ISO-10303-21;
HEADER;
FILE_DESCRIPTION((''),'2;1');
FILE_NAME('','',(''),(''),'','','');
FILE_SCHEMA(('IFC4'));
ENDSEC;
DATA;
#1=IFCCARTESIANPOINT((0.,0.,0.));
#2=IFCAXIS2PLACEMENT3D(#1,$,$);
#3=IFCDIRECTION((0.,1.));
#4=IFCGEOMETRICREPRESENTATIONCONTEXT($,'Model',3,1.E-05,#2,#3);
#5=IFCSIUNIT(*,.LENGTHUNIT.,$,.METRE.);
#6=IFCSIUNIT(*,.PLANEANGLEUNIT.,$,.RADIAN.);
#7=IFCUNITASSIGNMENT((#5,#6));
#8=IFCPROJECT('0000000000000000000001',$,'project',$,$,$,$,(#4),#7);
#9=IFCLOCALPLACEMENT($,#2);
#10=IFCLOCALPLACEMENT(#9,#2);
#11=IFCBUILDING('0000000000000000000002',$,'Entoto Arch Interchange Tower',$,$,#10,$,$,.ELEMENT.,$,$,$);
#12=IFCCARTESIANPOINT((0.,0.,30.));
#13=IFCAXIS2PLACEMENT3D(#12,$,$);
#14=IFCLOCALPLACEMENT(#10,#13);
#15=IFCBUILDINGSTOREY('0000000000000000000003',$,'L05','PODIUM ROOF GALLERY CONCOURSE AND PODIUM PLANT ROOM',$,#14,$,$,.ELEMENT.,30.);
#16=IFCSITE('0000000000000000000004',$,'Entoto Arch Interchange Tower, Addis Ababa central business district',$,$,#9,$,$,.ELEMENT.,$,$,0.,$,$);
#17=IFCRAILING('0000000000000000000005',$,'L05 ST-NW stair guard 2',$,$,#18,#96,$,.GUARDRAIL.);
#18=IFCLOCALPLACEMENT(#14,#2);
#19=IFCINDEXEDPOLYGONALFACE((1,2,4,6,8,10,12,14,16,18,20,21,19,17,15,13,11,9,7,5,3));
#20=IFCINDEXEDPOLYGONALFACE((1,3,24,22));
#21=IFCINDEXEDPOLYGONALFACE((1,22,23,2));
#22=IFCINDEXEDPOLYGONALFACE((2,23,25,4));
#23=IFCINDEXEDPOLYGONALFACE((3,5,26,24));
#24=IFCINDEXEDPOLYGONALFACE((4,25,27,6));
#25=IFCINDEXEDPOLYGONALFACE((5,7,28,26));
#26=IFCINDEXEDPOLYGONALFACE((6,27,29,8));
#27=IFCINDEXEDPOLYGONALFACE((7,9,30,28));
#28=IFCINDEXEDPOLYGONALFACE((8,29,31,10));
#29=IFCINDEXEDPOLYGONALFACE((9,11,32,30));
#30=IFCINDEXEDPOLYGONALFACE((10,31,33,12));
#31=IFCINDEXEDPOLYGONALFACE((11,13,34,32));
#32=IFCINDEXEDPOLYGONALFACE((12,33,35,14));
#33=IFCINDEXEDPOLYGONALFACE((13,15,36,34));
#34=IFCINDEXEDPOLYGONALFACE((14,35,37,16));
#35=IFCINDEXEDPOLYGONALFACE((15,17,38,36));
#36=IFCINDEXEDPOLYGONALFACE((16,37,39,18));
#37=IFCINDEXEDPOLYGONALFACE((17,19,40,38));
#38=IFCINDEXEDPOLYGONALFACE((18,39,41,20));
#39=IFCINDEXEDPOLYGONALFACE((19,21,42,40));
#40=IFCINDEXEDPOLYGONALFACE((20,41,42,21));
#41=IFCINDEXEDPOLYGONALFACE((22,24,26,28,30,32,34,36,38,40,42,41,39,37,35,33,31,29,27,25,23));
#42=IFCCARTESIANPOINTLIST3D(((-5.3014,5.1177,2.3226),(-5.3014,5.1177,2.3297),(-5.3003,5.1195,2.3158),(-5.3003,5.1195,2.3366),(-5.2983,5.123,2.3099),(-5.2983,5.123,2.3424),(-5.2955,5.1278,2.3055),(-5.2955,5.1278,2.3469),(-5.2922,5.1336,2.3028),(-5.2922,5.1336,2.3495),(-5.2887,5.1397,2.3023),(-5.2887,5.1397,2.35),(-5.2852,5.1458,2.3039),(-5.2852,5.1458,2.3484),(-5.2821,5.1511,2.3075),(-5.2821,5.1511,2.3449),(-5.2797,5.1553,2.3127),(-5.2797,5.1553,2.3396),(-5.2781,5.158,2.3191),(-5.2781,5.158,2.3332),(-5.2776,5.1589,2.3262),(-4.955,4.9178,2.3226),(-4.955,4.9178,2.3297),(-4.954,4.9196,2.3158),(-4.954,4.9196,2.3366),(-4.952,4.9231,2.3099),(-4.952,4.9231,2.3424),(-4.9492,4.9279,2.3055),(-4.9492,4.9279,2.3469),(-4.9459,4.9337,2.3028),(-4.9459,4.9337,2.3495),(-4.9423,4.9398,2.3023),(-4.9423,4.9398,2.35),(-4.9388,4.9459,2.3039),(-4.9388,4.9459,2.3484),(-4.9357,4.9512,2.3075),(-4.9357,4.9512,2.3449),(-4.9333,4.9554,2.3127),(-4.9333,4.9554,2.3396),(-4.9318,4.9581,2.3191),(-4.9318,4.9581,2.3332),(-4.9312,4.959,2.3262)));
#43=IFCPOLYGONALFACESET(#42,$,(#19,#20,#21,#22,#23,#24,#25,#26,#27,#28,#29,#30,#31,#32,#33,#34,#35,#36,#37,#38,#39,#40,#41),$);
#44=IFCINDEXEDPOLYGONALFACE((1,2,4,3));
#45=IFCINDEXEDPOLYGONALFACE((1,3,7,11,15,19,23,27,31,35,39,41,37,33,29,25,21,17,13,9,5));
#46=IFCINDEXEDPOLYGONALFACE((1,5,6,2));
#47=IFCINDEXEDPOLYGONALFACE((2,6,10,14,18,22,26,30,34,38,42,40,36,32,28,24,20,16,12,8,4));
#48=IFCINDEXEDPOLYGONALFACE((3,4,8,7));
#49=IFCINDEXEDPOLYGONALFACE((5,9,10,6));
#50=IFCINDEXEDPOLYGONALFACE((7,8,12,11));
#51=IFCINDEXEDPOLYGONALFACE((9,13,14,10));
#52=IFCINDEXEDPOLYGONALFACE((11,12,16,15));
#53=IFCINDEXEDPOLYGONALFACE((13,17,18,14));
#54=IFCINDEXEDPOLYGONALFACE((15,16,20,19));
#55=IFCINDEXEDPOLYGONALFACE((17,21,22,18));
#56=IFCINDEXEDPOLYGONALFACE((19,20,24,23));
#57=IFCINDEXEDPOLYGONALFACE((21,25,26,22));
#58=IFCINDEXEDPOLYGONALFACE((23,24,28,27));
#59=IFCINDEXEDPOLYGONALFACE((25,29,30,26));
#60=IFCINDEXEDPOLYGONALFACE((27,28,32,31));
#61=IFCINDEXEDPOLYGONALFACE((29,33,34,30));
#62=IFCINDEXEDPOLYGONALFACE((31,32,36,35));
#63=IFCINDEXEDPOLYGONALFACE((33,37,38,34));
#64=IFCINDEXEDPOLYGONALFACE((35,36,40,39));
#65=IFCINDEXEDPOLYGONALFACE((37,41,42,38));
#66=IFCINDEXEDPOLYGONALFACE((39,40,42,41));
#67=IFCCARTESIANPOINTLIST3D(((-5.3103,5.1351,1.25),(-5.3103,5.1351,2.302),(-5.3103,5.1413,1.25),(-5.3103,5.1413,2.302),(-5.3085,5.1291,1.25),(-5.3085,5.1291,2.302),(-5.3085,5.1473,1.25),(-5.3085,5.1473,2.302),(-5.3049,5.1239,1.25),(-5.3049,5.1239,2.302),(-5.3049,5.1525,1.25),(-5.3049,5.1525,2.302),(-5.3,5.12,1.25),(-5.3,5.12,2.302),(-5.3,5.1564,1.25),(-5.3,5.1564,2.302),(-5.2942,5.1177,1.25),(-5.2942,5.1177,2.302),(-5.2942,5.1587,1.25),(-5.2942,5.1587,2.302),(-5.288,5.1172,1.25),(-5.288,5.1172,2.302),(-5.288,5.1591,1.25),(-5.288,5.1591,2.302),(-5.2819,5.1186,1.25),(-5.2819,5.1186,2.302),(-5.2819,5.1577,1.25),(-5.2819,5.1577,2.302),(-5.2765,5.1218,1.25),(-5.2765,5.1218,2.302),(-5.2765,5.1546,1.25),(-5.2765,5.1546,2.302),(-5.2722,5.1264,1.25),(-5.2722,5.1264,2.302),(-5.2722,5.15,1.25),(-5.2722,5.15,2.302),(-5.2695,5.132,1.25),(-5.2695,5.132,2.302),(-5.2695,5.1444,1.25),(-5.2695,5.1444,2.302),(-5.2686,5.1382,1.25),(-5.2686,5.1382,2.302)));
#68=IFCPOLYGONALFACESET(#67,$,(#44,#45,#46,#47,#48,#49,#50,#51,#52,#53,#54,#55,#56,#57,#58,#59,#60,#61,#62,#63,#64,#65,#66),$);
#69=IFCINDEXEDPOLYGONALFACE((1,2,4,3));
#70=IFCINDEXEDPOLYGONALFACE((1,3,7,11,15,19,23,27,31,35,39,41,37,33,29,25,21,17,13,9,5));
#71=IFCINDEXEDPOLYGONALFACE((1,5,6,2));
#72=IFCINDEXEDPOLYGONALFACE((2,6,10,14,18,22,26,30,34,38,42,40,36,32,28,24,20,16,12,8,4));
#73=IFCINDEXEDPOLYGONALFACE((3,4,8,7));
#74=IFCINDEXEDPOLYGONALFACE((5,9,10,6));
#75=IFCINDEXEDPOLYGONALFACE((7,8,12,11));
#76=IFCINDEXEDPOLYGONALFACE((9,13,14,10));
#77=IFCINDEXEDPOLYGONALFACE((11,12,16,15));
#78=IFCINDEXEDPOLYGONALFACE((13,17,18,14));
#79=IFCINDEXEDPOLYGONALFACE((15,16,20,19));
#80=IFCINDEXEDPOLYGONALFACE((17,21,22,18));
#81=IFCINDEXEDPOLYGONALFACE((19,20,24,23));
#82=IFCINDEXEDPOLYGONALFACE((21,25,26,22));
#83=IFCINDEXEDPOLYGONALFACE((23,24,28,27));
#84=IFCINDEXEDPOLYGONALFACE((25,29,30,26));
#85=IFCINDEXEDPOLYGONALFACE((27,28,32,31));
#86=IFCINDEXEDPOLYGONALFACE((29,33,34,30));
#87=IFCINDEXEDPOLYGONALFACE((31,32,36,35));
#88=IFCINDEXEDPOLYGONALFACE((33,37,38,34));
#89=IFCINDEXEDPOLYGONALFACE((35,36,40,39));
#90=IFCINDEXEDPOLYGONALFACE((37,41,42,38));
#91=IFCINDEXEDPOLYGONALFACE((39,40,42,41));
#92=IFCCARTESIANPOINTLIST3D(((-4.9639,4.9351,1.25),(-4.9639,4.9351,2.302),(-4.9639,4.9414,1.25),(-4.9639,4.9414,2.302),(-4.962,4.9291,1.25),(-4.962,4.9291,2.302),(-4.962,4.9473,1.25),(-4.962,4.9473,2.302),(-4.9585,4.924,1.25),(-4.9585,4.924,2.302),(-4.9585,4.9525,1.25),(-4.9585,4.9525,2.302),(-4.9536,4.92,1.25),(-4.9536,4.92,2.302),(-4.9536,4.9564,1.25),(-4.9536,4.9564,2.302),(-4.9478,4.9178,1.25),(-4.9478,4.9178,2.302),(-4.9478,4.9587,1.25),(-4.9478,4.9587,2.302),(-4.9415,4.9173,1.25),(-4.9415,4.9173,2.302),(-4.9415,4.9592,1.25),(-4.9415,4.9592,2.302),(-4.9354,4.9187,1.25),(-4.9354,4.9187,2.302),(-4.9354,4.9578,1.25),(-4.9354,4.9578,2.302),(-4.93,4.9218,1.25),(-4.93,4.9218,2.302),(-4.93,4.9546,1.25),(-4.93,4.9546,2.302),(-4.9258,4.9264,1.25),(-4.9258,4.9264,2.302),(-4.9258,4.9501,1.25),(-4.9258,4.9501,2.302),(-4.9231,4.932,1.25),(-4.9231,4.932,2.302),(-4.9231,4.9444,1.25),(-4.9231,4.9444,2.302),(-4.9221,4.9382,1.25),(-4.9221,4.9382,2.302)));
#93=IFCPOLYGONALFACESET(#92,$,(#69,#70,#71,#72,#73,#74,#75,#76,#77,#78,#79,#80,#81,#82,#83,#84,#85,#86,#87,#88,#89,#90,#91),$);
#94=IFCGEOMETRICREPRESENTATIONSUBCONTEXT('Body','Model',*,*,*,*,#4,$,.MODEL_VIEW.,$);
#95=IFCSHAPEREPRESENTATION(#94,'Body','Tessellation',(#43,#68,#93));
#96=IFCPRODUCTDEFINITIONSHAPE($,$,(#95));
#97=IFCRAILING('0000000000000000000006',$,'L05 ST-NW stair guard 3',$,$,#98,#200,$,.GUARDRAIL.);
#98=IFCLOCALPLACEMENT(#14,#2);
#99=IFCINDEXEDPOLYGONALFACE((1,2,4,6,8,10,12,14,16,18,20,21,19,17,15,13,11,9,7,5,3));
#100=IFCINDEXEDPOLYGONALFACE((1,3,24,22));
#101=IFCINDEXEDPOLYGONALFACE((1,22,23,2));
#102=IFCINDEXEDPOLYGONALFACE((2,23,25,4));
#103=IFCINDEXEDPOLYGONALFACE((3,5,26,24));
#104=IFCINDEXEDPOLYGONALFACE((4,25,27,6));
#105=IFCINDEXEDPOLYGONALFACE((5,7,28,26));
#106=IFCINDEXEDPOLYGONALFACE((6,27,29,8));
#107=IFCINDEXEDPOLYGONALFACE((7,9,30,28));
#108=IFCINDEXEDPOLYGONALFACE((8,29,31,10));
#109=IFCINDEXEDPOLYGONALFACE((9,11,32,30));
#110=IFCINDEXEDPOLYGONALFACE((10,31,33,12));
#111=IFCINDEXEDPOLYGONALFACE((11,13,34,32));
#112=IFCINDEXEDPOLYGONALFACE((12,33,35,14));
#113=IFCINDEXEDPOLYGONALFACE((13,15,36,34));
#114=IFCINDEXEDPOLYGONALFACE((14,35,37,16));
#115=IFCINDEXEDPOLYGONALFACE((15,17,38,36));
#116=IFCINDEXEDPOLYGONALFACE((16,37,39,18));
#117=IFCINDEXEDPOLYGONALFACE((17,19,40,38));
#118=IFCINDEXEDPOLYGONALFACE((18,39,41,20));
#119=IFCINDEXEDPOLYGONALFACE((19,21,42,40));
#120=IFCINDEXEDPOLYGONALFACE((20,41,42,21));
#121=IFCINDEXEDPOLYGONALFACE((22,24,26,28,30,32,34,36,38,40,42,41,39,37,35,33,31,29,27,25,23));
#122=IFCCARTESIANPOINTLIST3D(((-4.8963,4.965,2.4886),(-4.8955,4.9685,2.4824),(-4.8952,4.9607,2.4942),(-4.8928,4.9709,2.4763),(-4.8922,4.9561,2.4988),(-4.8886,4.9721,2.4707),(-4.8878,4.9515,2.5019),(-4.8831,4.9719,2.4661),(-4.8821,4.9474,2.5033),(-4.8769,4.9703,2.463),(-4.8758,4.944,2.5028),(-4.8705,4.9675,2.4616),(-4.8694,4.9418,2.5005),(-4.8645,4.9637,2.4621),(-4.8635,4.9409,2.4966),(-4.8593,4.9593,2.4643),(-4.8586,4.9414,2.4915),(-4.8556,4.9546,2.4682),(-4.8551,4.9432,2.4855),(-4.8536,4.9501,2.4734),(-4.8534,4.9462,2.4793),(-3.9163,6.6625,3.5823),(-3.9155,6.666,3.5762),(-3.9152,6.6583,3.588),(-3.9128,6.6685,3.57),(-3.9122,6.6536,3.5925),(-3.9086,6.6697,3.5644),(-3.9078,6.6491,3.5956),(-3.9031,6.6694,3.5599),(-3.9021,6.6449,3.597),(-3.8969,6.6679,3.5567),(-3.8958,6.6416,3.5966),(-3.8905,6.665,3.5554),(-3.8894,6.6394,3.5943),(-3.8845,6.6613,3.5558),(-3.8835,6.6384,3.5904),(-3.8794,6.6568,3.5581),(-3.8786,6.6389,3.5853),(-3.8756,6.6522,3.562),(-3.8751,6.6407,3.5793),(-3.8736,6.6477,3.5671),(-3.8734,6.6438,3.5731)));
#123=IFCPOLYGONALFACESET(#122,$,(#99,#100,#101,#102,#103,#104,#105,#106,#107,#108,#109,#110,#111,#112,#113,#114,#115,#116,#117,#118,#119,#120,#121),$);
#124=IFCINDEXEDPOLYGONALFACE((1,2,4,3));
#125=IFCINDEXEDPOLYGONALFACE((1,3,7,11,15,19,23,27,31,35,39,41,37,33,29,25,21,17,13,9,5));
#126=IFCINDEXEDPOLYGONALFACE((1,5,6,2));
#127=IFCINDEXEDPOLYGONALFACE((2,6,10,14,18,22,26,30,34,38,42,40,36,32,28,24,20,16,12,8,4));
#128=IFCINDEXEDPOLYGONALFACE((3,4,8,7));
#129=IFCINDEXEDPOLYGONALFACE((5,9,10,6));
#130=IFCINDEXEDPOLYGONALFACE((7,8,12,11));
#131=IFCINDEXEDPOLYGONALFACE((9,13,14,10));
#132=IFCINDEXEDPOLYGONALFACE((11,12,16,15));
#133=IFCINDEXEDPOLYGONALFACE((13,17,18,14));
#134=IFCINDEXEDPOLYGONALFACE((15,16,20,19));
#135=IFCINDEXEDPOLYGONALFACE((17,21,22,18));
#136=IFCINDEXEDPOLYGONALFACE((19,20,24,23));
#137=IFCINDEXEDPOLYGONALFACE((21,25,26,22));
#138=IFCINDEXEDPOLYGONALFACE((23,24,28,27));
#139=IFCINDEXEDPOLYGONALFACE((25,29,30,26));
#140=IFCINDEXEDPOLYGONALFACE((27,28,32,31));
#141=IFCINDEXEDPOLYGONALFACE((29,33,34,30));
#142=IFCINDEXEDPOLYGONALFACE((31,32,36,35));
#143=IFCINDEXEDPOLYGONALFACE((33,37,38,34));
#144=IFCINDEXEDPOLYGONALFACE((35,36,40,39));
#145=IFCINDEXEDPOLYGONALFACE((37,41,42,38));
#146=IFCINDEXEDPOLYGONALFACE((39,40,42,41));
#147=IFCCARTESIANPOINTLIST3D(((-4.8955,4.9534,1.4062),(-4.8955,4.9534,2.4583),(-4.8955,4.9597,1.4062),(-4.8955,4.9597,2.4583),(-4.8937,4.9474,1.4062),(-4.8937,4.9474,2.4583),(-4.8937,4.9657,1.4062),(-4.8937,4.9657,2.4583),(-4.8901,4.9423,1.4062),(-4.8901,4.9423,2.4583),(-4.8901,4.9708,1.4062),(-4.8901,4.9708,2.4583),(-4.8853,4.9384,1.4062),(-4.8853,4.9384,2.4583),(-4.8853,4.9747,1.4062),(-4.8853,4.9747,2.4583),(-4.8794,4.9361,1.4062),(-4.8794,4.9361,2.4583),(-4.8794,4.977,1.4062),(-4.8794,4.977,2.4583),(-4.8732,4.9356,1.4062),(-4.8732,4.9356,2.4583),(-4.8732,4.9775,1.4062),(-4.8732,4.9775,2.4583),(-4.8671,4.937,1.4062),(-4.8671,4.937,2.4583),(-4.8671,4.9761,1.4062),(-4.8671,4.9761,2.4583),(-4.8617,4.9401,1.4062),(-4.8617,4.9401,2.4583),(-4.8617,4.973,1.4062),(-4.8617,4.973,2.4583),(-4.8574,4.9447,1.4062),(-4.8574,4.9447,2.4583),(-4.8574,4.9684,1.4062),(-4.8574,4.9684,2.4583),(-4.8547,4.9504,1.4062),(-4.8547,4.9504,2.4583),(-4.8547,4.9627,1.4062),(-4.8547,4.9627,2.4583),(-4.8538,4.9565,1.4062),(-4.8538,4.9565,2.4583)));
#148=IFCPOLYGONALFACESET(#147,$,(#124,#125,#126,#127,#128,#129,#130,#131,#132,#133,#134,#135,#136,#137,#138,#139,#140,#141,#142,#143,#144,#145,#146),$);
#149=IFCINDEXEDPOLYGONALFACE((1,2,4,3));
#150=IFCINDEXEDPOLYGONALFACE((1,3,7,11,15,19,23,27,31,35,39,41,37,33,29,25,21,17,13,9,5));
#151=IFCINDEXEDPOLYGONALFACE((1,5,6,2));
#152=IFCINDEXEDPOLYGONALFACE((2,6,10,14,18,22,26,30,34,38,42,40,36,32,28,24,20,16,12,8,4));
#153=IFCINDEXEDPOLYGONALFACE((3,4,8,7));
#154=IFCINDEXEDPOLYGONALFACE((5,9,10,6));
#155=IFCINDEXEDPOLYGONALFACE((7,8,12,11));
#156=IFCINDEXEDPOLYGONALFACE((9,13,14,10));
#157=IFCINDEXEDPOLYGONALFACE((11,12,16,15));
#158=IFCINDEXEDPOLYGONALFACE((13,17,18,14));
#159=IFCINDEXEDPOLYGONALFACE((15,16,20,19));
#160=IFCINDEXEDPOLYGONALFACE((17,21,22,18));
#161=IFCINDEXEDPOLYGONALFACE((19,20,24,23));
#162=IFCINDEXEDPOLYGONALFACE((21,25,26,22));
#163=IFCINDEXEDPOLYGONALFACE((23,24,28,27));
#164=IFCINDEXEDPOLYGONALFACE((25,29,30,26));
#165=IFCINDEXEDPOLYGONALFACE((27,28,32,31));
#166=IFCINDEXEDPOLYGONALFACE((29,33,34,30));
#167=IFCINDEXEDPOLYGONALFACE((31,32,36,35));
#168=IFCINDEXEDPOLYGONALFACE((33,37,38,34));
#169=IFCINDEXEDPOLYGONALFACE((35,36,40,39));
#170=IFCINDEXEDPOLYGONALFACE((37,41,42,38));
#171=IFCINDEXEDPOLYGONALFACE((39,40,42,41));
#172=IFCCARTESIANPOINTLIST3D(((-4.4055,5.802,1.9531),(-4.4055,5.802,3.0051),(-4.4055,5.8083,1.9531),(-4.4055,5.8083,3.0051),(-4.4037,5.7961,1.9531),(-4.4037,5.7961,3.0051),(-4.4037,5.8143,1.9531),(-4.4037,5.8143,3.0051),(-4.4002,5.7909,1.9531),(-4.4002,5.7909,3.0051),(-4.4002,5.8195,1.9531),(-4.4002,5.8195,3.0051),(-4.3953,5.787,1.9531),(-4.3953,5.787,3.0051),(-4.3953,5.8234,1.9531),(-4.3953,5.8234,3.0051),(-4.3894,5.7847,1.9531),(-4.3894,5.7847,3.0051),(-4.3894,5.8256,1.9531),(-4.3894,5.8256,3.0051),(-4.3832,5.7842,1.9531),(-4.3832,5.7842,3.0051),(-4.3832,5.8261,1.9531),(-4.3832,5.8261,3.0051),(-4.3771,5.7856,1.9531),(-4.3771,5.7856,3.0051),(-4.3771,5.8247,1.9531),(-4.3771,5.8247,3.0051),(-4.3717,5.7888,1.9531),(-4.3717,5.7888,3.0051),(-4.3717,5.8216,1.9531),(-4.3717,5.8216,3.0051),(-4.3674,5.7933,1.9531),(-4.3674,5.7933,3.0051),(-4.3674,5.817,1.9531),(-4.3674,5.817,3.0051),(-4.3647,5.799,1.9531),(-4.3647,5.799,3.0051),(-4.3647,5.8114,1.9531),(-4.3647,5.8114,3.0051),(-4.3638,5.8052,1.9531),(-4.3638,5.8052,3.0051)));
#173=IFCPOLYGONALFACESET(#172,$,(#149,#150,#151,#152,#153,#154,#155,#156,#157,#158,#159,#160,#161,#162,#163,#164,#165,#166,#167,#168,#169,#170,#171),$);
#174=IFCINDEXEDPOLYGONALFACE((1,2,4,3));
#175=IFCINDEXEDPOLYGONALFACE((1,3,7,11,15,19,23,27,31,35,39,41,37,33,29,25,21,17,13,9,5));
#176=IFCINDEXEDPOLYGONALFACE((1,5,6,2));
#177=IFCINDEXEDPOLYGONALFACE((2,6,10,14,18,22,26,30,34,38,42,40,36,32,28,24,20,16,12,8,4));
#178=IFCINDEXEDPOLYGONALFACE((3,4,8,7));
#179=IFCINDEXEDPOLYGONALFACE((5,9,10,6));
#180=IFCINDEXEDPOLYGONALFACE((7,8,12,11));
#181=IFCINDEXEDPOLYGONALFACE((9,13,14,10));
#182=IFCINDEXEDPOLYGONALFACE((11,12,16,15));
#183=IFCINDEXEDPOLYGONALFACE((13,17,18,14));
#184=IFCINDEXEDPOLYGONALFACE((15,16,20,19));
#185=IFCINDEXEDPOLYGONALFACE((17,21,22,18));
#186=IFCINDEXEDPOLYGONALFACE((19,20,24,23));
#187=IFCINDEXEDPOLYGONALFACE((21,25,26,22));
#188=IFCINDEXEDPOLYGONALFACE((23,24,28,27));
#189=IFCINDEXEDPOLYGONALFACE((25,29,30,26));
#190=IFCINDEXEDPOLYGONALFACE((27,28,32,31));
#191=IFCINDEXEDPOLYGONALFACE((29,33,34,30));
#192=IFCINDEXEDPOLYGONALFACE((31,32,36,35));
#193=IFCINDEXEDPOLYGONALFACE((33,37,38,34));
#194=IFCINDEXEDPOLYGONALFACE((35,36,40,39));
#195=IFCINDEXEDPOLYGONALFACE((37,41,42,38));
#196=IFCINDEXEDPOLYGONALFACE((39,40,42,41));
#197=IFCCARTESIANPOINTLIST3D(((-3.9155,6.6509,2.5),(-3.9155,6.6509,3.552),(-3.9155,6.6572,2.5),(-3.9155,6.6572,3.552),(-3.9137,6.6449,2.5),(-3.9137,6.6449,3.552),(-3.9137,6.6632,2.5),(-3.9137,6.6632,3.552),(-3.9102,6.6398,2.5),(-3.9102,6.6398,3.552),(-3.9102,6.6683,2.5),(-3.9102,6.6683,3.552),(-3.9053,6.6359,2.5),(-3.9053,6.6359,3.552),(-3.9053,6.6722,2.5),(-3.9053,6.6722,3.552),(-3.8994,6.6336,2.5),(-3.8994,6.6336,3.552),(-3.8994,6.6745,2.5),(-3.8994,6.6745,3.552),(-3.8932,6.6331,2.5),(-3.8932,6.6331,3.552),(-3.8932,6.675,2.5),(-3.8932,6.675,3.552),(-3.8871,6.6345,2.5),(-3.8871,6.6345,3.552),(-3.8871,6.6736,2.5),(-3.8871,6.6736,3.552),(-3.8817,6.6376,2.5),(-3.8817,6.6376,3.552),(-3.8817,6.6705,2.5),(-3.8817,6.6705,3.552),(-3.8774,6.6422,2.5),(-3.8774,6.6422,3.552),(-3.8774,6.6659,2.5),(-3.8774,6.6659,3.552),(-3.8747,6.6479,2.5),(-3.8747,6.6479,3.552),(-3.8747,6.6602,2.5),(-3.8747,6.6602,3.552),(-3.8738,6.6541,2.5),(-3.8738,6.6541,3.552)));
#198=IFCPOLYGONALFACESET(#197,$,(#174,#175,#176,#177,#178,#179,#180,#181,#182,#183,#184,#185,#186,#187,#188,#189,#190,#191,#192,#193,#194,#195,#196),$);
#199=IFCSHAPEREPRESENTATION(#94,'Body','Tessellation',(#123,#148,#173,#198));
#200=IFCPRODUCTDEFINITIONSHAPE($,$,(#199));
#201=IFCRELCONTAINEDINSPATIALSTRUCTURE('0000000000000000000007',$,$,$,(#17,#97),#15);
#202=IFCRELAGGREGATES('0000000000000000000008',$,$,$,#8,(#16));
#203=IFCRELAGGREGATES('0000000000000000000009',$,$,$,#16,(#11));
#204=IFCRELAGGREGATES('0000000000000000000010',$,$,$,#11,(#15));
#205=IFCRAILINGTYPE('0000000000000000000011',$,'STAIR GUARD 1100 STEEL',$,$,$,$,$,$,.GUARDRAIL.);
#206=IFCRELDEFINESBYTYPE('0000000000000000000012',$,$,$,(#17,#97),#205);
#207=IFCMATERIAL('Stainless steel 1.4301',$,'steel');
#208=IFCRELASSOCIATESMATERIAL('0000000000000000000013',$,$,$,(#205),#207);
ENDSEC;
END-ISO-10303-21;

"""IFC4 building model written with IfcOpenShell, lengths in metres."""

from ifc_helpers import new_model, si_unit, direction, frame, origin, origin_2d, place, context, subcontext, project, spatial, circle, extrude, material, type_object, element, save


model = new_model("IFC4")

# Units and contexts
model_context = context("Model", 3, precision=1e-05, world=origin(), true_north=direction((0.0, 1.0)))
body_context = subcontext(model_context, "Body", "Model", "MODEL_VIEW")
ifc_project = project(units=[si_unit("LENGTHUNIT", "METRE"), si_unit("PLANEANGLEUNIT", "RADIAN")], contexts=[model_context])

# Site, building, storey
site_placement = place(None, origin())
site = spatial("IfcSite", under=ifc_project, at=site_placement, Name="Entoto Arch Interchange Tower, Addis Ababa central business district", CompositionType="ELEMENT", RefElevation=0.0)
building_placement = place(site_placement, origin())
building = spatial("IfcBuilding", under=site, at=building_placement, Name="Entoto Arch Interchange Tower", CompositionType="ELEMENT")
storey_placement = place(building_placement, frame((0.0, 0.0, 30.0)))
storey = spatial("IfcBuildingStorey", under=building, at=storey_placement, Name="L05", Description="PODIUM ROOF GALLERY CONCOURSE AND PODIUM PLANT ROOM", CompositionType="ELEMENT", Elevation=30.0)

# Railings
ifc_material_1 = material(Name="Stainless steel 1.4301", Category="steel")
railing_type = type_object("IfcRailingType", Name="STAIR GUARD 1100 STEEL", PredefinedType="GUARDRAIL", material=ifc_material_1)
railing_1_placement = place(storey_placement, frame((-5.2896, 5.1382, 1.25)))
element("IfcRailing", 1, at=railing_1_placement, inside=storey, type_object=railing_type, Name="L05 ST-NW stair guard 2", PredefinedType="GUARDRAIL", context=body_context, shape_type="SweptSolid", body=[
    extrude(circle(Radius=0.0239, at=origin_2d()), frame((0.0, 0.0, 1.0762), z_axis=(0.866094, -0.499881, 0.0), x_axis=(0.499881, 0.866094, 0.0)), (0.0, 0.0, 1.0), 0.3999),
    extrude(circle(Radius=0.021, at=origin_2d()), origin(), (0.0, 0.0, 1.0), 1.052),
    extrude(circle(Radius=0.021, at=origin_2d()), frame((0.3464, -0.2, 0.0)), (0.0, 0.0, 1.0), 1.052),
])
railing_2_placement = place(storey_placement, frame((-4.8748, 4.9565, 1.4062)))
element("IfcRailing", 2, at=railing_2_placement, inside=storey, type_object=railing_type, Name="L05 ST-NW stair guard 3", PredefinedType="GUARDRAIL", context=body_context, shape_type="SweptSolid", body=[
    extrude(circle(Radius=0.0239, at=origin_2d()), frame((0.0, 0.0, 1.0762), z_axis=(0.436596, 0.756267, 0.487282), x_axis=(-0.866042, 0.49997, 0.0)), (0.0, 0.0, 1.0), 2.2446),
    extrude(circle(Radius=0.021, at=origin_2d()), origin(), (0.0, 0.0, 1.0), 1.052),
    extrude(circle(Radius=0.021, at=origin_2d()), frame((0.49, 0.8486, 0.5469)), (0.0, 0.0, 1.0), 1.052),
    extrude(circle(Radius=0.021, at=origin_2d()), frame((0.98, 1.6975, 1.0938)), (0.0, 0.0, 1.0), 1.052),
])

save(model, "model.ifc")
